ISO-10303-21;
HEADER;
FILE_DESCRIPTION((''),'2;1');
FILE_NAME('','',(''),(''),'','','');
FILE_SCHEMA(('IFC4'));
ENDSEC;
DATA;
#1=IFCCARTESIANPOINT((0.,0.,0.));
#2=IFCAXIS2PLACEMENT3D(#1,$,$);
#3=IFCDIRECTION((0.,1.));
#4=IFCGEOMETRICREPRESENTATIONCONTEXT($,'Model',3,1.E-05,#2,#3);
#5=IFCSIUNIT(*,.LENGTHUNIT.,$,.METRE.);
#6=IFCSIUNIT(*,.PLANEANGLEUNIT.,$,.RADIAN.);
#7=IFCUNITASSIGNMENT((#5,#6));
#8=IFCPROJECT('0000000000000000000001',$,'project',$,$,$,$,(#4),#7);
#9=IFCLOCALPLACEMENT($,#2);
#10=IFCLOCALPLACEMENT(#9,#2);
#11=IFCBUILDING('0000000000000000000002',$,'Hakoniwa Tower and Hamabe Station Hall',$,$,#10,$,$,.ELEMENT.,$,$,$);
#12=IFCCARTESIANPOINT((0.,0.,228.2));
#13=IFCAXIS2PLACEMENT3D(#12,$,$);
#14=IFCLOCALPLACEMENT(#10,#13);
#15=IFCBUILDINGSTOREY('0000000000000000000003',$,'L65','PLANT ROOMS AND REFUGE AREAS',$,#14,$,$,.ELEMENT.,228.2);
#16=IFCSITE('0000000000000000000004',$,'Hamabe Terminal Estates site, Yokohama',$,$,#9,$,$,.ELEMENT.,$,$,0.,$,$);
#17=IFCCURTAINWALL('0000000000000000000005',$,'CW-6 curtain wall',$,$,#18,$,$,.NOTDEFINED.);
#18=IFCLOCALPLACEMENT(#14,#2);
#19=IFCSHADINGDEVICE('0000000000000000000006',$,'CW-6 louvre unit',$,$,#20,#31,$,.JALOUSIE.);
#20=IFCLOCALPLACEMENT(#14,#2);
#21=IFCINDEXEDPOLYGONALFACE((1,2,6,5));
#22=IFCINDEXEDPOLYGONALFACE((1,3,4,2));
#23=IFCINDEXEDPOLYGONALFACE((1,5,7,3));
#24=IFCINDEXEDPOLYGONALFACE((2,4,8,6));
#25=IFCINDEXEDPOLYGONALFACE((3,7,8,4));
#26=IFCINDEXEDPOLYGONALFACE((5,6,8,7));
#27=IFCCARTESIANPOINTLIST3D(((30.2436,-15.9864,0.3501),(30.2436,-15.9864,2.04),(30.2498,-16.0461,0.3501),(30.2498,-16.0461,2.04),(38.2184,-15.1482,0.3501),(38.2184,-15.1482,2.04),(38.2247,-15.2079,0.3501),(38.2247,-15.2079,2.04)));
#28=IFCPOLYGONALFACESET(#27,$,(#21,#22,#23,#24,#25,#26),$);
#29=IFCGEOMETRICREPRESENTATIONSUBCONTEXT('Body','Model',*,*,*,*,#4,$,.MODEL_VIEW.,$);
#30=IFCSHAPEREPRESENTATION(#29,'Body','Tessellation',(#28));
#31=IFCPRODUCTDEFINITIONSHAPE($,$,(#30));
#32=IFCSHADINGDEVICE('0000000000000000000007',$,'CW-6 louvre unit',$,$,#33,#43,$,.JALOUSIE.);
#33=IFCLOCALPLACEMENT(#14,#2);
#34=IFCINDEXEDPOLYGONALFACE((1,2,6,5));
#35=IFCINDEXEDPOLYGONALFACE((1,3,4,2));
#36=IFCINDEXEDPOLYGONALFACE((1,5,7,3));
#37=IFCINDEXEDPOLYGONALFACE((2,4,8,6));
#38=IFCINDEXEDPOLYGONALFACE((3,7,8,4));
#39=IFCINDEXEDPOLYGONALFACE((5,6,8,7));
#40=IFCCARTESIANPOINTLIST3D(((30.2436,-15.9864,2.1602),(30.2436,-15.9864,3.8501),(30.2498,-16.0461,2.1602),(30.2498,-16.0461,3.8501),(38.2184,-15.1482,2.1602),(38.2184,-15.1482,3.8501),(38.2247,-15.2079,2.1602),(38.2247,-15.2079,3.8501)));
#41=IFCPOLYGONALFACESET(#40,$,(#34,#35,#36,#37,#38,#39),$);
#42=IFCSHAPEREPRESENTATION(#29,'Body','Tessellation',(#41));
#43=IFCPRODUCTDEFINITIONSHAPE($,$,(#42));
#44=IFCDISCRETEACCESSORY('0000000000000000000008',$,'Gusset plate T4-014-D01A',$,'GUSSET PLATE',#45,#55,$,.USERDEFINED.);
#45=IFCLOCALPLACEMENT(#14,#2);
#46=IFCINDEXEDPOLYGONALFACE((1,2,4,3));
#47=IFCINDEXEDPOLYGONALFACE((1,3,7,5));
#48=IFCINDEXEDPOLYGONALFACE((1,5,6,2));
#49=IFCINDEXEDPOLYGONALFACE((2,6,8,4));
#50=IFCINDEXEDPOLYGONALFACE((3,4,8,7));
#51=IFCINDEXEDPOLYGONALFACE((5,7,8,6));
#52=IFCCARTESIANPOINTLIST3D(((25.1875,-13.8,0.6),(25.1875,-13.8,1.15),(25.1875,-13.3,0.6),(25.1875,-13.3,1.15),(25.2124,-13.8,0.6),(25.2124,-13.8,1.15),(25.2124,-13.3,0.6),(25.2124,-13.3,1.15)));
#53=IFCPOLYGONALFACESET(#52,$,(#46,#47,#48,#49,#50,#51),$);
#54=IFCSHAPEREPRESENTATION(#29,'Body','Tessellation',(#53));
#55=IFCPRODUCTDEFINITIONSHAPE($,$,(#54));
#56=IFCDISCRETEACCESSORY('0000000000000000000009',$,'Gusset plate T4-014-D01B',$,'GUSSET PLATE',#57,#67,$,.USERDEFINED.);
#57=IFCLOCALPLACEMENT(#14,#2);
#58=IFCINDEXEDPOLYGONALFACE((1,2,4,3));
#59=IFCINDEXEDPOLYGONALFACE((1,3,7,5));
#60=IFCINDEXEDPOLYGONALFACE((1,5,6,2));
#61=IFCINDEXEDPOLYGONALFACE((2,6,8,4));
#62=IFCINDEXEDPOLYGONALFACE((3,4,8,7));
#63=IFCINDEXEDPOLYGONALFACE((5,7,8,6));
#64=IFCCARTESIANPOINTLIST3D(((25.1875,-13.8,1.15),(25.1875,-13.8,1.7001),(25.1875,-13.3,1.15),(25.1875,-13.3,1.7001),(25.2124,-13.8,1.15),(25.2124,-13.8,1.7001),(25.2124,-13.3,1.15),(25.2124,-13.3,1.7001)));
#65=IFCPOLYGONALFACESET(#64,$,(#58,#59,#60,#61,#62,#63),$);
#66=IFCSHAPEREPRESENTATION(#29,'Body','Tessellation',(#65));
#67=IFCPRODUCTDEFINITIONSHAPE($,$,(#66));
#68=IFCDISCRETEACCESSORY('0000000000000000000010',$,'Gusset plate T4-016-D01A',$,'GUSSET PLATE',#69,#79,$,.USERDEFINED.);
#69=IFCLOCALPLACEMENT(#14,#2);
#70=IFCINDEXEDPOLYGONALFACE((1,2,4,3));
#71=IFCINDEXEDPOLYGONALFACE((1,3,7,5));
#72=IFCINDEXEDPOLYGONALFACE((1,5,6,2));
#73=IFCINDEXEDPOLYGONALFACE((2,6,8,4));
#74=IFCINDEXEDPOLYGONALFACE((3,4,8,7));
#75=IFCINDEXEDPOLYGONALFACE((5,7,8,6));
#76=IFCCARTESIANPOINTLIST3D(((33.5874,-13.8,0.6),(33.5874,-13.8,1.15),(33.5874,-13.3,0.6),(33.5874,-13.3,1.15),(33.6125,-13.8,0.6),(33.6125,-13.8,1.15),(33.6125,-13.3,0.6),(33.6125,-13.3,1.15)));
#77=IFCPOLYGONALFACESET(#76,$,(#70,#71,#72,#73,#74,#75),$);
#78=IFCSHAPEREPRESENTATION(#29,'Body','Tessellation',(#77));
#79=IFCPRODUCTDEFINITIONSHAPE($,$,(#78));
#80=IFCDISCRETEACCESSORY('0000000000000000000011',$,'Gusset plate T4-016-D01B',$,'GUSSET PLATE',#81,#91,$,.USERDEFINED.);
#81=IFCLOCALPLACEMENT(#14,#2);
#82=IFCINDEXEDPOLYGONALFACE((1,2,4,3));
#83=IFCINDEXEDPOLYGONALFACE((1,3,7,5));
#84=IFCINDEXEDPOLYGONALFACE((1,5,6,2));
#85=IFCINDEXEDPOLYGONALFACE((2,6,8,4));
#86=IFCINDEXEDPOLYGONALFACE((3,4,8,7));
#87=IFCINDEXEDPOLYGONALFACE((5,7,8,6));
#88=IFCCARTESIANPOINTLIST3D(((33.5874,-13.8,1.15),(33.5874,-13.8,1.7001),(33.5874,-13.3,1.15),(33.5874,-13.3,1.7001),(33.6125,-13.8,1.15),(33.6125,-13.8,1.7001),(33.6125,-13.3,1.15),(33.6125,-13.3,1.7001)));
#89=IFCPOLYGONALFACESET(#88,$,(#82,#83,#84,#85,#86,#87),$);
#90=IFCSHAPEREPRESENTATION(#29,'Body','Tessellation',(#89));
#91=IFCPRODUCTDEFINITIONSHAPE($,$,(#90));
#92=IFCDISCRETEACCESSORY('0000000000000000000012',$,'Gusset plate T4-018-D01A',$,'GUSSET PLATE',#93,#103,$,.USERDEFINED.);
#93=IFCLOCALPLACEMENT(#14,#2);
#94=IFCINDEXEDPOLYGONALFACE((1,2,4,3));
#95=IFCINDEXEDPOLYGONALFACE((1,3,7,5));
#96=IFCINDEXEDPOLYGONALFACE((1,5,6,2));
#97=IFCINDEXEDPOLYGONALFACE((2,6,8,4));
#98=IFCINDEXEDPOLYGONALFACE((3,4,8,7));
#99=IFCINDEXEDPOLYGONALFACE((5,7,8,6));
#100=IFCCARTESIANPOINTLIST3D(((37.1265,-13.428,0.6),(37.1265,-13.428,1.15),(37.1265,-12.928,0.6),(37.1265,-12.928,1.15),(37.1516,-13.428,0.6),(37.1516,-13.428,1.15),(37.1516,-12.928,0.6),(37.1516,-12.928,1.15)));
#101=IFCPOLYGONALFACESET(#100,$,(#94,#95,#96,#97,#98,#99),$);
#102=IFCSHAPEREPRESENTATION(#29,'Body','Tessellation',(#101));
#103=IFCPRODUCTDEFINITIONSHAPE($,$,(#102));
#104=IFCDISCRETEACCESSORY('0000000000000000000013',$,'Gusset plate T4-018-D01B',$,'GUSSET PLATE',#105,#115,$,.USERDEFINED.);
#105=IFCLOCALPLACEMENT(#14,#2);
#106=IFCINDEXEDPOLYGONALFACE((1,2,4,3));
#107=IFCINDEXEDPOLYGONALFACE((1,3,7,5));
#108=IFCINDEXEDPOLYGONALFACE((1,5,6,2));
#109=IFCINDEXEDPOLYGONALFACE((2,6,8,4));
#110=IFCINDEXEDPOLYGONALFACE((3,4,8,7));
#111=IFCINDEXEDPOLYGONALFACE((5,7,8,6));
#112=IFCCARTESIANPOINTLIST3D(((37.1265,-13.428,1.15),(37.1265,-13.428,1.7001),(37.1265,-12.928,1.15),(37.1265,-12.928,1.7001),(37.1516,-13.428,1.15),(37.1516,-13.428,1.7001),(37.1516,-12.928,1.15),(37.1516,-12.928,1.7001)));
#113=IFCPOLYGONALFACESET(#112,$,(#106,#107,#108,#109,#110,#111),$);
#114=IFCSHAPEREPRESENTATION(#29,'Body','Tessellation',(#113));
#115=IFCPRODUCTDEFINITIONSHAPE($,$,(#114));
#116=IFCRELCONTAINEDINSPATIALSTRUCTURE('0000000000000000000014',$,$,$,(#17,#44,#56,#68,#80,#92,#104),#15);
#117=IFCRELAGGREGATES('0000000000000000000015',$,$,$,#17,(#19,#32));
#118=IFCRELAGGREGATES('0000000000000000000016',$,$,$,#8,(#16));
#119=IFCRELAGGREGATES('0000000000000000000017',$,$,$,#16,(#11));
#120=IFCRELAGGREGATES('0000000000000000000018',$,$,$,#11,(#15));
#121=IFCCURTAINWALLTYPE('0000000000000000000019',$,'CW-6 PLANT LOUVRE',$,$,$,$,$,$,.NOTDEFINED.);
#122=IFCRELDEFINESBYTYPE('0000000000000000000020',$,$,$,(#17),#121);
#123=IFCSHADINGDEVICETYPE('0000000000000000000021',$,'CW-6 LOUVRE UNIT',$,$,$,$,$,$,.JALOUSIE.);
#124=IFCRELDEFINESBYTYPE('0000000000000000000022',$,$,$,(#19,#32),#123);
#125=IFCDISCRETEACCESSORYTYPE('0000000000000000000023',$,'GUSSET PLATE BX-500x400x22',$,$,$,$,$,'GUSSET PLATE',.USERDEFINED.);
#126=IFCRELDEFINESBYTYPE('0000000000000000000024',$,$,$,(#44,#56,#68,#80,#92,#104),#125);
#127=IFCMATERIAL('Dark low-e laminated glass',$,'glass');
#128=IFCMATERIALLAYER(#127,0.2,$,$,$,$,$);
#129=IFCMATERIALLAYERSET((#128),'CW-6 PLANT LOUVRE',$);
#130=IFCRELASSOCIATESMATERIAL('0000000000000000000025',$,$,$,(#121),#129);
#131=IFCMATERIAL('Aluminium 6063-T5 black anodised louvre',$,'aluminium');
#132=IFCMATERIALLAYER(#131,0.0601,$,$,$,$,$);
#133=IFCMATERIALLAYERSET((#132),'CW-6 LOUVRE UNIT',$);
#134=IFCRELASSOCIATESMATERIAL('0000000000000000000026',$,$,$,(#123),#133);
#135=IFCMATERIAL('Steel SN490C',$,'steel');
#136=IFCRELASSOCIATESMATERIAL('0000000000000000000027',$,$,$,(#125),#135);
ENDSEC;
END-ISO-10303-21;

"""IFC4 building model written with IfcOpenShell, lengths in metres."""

from ifc_helpers import new_model, si_unit, direction, frame, origin, origin_2d, place, context, subcontext, project, spatial, rectangle, extrude, material, layer, layer_set, material_profile, profile_set, type_object, element, aggregate, save


model = new_model("IFC4")

# Units and contexts
model_context = context("Model", 3, precision=1e-05, world=origin(), true_north=direction((0.0, 1.0)))
body_context = subcontext(model_context, "Body", "Model", "MODEL_VIEW")
ifc_project = project(units=[si_unit("LENGTHUNIT", "METRE"), si_unit("PLANEANGLEUNIT", "RADIAN")], contexts=[model_context])

# Site, building, storey
site_placement = place(None, origin())
site = spatial("IfcSite", under=ifc_project, at=site_placement, Name="Hamabe Terminal Estates site, Yokohama", CompositionType="ELEMENT", RefElevation=0.0)
building_placement = place(site_placement, origin())
building = spatial("IfcBuilding", under=site, at=building_placement, Name="Hakoniwa Tower and Hamabe Station Hall", CompositionType="ELEMENT")
storey_placement = place(building_placement, frame((0.0, 0.0, 228.2)))
storey = spatial("IfcBuildingStorey", under=building, at=storey_placement, Name="L65", Description="PLANT ROOMS AND REFUGE AREAS", CompositionType="ELEMENT", Elevation=228.2)

# Curtain wall
ifc_material_1 = material(Name="Dark low-e laminated glass", Category="glass")
ifc_layer_1 = layer(ifc_material_1, 0.2)
ifc_layer_set_1 = layer_set([ifc_layer_1], Name="CW-6 PLANT LOUVRE")
curtain_wall_type = type_object("IfcCurtainWallType", Name="CW-6 PLANT LOUVRE", PredefinedType="NOTDEFINED", material=ifc_layer_set_1)
curtain_wall_1_placement = place(storey_placement, origin())
curtain_wall_1 = element("IfcCurtainWall", 1, at=curtain_wall_1_placement, inside=storey, type_object=curtain_wall_type, Name="CW-6 curtain wall", PredefinedType="NOTDEFINED")

# Shading devices
ifc_material_2 = material(Name="Aluminium 6063-T5 black anodised louvre", Category="aluminium")
ifc_layer_2 = layer(ifc_material_2, 0.0601)
ifc_layer_set_2 = layer_set([ifc_layer_2], Name="CW-6 LOUVRE UNIT")
shading_device_type = type_object("IfcShadingDeviceType", Name="CW-6 LOUVRE UNIT", PredefinedType="JALOUSIE", material=ifc_layer_set_2)
shading_device_1_placement = place(storey_placement, frame((34.2341, -15.5972, 0.3501), z_axis=(0.0, 0.0, 1.0), x_axis=(0.994522, 0.104528, 0.0)))
shading_device_1 = element("IfcShadingDevice", 2, at=shading_device_1_placement, type_object=shading_device_type, Name="CW-6 louvre unit", PredefinedType="JALOUSIE", context=body_context, shape_type="SweptSolid", body=[
    extrude(rectangle(XDim=8.0188, YDim=0.0601, at=origin_2d()), origin(), (0.0, 0.0, 1.0), 1.6899),
])
shading_device_2_placement = place(storey_placement, frame((34.2341, -15.5972, 2.1602), z_axis=(0.0, 0.0, 1.0), x_axis=(0.994522, 0.104528, 0.0)))
shading_device_2 = element("IfcShadingDevice", 3, at=shading_device_2_placement, type_object=shading_device_type, Name="CW-6 louvre unit", PredefinedType="JALOUSIE", context=body_context, shape_type="SweptSolid", body=[
    extrude(rectangle(XDim=8.0188, YDim=0.0601, at=origin_2d()), origin(), (0.0, 0.0, 1.0), 1.6899),
])
aggregate(curtain_wall_1, [shading_device_1, shading_device_2])

# Discrete accessories
ifc_material_3 = material(Name="Steel SN490C", Category="steel")
ifc_material_profile_1 = material_profile(ifc_material_3, rectangle(XDim=0.5, YDim=0.55, at=origin_2d()), Name="GUSSET PLATE BX-500x400x22")
ifc_profile_set_1 = profile_set([ifc_material_profile_1], Name="Steel SN490C")
discrete_accessory_type = type_object("IfcDiscreteAccessoryType", Name="GUSSET PLATE BX-500x400x22", ElementType="GUSSET PLATE", PredefinedType="USERDEFINED", material=ifc_profile_set_1)
for number, where, z_axis, x_axis, name in (
    (4, (25.2124, -13.55, 0.875), (-1.0, 0.0, 0.0), (0.0, -1.0, 0.0), "Gusset plate T4-014-D01A"),
    (5, (25.2124, -13.55, 1.425), (-1.0, 0.0, 0.0), (0.0, -1.0, 0.0), "Gusset plate T4-014-D01B"),
):
    element("IfcDiscreteAccessory", number, at=place(storey_placement, frame(where, z_axis=z_axis, x_axis=x_axis)), inside=storey, type_object=discrete_accessory_type, Name=name, ObjectType="GUSSET PLATE", PredefinedType="USERDEFINED", context=body_context, shape_type="SweptSolid", body=[
        extrude(rectangle(XDim=0.5, YDim=0.55, at=origin_2d()), origin(), (0.0, 0.0, 1.0), 0.0249),
    ])
for number, where, z_axis, x_axis, name in (
    (6, (33.6125, -13.55, 0.875), (-1.0, 0.0, 0.0), (0.0, -1.0, 0.0), "Gusset plate T4-016-D01A"),
    (7, (33.6125, -13.55, 1.425), (-1.0, 0.0, 0.0), (0.0, -1.0, 0.0), "Gusset plate T4-016-D01B"),
    (8, (37.1516, -13.178, 0.875), (-1.0, 0.0, 0.0), (0.0, -1.0, 0.0), "Gusset plate T4-018-D01A"),
    (9, (37.1516, -13.178, 1.425), (-1.0, 0.0, 0.0), (0.0, -1.0, 0.0), "Gusset plate T4-018-D01B"),
):
    element("IfcDiscreteAccessory", number, at=place(storey_placement, frame(where, z_axis=z_axis, x_axis=x_axis)), inside=storey, type_object=discrete_accessory_type, Name=name, ObjectType="GUSSET PLATE", PredefinedType="USERDEFINED", context=body_context, shape_type="SweptSolid", body=[
        extrude(rectangle(XDim=0.5, YDim=0.55, at=origin_2d()), origin(), (0.0, 0.0, 1.0), 0.0251),
    ])

save(model, "model.ifc")
